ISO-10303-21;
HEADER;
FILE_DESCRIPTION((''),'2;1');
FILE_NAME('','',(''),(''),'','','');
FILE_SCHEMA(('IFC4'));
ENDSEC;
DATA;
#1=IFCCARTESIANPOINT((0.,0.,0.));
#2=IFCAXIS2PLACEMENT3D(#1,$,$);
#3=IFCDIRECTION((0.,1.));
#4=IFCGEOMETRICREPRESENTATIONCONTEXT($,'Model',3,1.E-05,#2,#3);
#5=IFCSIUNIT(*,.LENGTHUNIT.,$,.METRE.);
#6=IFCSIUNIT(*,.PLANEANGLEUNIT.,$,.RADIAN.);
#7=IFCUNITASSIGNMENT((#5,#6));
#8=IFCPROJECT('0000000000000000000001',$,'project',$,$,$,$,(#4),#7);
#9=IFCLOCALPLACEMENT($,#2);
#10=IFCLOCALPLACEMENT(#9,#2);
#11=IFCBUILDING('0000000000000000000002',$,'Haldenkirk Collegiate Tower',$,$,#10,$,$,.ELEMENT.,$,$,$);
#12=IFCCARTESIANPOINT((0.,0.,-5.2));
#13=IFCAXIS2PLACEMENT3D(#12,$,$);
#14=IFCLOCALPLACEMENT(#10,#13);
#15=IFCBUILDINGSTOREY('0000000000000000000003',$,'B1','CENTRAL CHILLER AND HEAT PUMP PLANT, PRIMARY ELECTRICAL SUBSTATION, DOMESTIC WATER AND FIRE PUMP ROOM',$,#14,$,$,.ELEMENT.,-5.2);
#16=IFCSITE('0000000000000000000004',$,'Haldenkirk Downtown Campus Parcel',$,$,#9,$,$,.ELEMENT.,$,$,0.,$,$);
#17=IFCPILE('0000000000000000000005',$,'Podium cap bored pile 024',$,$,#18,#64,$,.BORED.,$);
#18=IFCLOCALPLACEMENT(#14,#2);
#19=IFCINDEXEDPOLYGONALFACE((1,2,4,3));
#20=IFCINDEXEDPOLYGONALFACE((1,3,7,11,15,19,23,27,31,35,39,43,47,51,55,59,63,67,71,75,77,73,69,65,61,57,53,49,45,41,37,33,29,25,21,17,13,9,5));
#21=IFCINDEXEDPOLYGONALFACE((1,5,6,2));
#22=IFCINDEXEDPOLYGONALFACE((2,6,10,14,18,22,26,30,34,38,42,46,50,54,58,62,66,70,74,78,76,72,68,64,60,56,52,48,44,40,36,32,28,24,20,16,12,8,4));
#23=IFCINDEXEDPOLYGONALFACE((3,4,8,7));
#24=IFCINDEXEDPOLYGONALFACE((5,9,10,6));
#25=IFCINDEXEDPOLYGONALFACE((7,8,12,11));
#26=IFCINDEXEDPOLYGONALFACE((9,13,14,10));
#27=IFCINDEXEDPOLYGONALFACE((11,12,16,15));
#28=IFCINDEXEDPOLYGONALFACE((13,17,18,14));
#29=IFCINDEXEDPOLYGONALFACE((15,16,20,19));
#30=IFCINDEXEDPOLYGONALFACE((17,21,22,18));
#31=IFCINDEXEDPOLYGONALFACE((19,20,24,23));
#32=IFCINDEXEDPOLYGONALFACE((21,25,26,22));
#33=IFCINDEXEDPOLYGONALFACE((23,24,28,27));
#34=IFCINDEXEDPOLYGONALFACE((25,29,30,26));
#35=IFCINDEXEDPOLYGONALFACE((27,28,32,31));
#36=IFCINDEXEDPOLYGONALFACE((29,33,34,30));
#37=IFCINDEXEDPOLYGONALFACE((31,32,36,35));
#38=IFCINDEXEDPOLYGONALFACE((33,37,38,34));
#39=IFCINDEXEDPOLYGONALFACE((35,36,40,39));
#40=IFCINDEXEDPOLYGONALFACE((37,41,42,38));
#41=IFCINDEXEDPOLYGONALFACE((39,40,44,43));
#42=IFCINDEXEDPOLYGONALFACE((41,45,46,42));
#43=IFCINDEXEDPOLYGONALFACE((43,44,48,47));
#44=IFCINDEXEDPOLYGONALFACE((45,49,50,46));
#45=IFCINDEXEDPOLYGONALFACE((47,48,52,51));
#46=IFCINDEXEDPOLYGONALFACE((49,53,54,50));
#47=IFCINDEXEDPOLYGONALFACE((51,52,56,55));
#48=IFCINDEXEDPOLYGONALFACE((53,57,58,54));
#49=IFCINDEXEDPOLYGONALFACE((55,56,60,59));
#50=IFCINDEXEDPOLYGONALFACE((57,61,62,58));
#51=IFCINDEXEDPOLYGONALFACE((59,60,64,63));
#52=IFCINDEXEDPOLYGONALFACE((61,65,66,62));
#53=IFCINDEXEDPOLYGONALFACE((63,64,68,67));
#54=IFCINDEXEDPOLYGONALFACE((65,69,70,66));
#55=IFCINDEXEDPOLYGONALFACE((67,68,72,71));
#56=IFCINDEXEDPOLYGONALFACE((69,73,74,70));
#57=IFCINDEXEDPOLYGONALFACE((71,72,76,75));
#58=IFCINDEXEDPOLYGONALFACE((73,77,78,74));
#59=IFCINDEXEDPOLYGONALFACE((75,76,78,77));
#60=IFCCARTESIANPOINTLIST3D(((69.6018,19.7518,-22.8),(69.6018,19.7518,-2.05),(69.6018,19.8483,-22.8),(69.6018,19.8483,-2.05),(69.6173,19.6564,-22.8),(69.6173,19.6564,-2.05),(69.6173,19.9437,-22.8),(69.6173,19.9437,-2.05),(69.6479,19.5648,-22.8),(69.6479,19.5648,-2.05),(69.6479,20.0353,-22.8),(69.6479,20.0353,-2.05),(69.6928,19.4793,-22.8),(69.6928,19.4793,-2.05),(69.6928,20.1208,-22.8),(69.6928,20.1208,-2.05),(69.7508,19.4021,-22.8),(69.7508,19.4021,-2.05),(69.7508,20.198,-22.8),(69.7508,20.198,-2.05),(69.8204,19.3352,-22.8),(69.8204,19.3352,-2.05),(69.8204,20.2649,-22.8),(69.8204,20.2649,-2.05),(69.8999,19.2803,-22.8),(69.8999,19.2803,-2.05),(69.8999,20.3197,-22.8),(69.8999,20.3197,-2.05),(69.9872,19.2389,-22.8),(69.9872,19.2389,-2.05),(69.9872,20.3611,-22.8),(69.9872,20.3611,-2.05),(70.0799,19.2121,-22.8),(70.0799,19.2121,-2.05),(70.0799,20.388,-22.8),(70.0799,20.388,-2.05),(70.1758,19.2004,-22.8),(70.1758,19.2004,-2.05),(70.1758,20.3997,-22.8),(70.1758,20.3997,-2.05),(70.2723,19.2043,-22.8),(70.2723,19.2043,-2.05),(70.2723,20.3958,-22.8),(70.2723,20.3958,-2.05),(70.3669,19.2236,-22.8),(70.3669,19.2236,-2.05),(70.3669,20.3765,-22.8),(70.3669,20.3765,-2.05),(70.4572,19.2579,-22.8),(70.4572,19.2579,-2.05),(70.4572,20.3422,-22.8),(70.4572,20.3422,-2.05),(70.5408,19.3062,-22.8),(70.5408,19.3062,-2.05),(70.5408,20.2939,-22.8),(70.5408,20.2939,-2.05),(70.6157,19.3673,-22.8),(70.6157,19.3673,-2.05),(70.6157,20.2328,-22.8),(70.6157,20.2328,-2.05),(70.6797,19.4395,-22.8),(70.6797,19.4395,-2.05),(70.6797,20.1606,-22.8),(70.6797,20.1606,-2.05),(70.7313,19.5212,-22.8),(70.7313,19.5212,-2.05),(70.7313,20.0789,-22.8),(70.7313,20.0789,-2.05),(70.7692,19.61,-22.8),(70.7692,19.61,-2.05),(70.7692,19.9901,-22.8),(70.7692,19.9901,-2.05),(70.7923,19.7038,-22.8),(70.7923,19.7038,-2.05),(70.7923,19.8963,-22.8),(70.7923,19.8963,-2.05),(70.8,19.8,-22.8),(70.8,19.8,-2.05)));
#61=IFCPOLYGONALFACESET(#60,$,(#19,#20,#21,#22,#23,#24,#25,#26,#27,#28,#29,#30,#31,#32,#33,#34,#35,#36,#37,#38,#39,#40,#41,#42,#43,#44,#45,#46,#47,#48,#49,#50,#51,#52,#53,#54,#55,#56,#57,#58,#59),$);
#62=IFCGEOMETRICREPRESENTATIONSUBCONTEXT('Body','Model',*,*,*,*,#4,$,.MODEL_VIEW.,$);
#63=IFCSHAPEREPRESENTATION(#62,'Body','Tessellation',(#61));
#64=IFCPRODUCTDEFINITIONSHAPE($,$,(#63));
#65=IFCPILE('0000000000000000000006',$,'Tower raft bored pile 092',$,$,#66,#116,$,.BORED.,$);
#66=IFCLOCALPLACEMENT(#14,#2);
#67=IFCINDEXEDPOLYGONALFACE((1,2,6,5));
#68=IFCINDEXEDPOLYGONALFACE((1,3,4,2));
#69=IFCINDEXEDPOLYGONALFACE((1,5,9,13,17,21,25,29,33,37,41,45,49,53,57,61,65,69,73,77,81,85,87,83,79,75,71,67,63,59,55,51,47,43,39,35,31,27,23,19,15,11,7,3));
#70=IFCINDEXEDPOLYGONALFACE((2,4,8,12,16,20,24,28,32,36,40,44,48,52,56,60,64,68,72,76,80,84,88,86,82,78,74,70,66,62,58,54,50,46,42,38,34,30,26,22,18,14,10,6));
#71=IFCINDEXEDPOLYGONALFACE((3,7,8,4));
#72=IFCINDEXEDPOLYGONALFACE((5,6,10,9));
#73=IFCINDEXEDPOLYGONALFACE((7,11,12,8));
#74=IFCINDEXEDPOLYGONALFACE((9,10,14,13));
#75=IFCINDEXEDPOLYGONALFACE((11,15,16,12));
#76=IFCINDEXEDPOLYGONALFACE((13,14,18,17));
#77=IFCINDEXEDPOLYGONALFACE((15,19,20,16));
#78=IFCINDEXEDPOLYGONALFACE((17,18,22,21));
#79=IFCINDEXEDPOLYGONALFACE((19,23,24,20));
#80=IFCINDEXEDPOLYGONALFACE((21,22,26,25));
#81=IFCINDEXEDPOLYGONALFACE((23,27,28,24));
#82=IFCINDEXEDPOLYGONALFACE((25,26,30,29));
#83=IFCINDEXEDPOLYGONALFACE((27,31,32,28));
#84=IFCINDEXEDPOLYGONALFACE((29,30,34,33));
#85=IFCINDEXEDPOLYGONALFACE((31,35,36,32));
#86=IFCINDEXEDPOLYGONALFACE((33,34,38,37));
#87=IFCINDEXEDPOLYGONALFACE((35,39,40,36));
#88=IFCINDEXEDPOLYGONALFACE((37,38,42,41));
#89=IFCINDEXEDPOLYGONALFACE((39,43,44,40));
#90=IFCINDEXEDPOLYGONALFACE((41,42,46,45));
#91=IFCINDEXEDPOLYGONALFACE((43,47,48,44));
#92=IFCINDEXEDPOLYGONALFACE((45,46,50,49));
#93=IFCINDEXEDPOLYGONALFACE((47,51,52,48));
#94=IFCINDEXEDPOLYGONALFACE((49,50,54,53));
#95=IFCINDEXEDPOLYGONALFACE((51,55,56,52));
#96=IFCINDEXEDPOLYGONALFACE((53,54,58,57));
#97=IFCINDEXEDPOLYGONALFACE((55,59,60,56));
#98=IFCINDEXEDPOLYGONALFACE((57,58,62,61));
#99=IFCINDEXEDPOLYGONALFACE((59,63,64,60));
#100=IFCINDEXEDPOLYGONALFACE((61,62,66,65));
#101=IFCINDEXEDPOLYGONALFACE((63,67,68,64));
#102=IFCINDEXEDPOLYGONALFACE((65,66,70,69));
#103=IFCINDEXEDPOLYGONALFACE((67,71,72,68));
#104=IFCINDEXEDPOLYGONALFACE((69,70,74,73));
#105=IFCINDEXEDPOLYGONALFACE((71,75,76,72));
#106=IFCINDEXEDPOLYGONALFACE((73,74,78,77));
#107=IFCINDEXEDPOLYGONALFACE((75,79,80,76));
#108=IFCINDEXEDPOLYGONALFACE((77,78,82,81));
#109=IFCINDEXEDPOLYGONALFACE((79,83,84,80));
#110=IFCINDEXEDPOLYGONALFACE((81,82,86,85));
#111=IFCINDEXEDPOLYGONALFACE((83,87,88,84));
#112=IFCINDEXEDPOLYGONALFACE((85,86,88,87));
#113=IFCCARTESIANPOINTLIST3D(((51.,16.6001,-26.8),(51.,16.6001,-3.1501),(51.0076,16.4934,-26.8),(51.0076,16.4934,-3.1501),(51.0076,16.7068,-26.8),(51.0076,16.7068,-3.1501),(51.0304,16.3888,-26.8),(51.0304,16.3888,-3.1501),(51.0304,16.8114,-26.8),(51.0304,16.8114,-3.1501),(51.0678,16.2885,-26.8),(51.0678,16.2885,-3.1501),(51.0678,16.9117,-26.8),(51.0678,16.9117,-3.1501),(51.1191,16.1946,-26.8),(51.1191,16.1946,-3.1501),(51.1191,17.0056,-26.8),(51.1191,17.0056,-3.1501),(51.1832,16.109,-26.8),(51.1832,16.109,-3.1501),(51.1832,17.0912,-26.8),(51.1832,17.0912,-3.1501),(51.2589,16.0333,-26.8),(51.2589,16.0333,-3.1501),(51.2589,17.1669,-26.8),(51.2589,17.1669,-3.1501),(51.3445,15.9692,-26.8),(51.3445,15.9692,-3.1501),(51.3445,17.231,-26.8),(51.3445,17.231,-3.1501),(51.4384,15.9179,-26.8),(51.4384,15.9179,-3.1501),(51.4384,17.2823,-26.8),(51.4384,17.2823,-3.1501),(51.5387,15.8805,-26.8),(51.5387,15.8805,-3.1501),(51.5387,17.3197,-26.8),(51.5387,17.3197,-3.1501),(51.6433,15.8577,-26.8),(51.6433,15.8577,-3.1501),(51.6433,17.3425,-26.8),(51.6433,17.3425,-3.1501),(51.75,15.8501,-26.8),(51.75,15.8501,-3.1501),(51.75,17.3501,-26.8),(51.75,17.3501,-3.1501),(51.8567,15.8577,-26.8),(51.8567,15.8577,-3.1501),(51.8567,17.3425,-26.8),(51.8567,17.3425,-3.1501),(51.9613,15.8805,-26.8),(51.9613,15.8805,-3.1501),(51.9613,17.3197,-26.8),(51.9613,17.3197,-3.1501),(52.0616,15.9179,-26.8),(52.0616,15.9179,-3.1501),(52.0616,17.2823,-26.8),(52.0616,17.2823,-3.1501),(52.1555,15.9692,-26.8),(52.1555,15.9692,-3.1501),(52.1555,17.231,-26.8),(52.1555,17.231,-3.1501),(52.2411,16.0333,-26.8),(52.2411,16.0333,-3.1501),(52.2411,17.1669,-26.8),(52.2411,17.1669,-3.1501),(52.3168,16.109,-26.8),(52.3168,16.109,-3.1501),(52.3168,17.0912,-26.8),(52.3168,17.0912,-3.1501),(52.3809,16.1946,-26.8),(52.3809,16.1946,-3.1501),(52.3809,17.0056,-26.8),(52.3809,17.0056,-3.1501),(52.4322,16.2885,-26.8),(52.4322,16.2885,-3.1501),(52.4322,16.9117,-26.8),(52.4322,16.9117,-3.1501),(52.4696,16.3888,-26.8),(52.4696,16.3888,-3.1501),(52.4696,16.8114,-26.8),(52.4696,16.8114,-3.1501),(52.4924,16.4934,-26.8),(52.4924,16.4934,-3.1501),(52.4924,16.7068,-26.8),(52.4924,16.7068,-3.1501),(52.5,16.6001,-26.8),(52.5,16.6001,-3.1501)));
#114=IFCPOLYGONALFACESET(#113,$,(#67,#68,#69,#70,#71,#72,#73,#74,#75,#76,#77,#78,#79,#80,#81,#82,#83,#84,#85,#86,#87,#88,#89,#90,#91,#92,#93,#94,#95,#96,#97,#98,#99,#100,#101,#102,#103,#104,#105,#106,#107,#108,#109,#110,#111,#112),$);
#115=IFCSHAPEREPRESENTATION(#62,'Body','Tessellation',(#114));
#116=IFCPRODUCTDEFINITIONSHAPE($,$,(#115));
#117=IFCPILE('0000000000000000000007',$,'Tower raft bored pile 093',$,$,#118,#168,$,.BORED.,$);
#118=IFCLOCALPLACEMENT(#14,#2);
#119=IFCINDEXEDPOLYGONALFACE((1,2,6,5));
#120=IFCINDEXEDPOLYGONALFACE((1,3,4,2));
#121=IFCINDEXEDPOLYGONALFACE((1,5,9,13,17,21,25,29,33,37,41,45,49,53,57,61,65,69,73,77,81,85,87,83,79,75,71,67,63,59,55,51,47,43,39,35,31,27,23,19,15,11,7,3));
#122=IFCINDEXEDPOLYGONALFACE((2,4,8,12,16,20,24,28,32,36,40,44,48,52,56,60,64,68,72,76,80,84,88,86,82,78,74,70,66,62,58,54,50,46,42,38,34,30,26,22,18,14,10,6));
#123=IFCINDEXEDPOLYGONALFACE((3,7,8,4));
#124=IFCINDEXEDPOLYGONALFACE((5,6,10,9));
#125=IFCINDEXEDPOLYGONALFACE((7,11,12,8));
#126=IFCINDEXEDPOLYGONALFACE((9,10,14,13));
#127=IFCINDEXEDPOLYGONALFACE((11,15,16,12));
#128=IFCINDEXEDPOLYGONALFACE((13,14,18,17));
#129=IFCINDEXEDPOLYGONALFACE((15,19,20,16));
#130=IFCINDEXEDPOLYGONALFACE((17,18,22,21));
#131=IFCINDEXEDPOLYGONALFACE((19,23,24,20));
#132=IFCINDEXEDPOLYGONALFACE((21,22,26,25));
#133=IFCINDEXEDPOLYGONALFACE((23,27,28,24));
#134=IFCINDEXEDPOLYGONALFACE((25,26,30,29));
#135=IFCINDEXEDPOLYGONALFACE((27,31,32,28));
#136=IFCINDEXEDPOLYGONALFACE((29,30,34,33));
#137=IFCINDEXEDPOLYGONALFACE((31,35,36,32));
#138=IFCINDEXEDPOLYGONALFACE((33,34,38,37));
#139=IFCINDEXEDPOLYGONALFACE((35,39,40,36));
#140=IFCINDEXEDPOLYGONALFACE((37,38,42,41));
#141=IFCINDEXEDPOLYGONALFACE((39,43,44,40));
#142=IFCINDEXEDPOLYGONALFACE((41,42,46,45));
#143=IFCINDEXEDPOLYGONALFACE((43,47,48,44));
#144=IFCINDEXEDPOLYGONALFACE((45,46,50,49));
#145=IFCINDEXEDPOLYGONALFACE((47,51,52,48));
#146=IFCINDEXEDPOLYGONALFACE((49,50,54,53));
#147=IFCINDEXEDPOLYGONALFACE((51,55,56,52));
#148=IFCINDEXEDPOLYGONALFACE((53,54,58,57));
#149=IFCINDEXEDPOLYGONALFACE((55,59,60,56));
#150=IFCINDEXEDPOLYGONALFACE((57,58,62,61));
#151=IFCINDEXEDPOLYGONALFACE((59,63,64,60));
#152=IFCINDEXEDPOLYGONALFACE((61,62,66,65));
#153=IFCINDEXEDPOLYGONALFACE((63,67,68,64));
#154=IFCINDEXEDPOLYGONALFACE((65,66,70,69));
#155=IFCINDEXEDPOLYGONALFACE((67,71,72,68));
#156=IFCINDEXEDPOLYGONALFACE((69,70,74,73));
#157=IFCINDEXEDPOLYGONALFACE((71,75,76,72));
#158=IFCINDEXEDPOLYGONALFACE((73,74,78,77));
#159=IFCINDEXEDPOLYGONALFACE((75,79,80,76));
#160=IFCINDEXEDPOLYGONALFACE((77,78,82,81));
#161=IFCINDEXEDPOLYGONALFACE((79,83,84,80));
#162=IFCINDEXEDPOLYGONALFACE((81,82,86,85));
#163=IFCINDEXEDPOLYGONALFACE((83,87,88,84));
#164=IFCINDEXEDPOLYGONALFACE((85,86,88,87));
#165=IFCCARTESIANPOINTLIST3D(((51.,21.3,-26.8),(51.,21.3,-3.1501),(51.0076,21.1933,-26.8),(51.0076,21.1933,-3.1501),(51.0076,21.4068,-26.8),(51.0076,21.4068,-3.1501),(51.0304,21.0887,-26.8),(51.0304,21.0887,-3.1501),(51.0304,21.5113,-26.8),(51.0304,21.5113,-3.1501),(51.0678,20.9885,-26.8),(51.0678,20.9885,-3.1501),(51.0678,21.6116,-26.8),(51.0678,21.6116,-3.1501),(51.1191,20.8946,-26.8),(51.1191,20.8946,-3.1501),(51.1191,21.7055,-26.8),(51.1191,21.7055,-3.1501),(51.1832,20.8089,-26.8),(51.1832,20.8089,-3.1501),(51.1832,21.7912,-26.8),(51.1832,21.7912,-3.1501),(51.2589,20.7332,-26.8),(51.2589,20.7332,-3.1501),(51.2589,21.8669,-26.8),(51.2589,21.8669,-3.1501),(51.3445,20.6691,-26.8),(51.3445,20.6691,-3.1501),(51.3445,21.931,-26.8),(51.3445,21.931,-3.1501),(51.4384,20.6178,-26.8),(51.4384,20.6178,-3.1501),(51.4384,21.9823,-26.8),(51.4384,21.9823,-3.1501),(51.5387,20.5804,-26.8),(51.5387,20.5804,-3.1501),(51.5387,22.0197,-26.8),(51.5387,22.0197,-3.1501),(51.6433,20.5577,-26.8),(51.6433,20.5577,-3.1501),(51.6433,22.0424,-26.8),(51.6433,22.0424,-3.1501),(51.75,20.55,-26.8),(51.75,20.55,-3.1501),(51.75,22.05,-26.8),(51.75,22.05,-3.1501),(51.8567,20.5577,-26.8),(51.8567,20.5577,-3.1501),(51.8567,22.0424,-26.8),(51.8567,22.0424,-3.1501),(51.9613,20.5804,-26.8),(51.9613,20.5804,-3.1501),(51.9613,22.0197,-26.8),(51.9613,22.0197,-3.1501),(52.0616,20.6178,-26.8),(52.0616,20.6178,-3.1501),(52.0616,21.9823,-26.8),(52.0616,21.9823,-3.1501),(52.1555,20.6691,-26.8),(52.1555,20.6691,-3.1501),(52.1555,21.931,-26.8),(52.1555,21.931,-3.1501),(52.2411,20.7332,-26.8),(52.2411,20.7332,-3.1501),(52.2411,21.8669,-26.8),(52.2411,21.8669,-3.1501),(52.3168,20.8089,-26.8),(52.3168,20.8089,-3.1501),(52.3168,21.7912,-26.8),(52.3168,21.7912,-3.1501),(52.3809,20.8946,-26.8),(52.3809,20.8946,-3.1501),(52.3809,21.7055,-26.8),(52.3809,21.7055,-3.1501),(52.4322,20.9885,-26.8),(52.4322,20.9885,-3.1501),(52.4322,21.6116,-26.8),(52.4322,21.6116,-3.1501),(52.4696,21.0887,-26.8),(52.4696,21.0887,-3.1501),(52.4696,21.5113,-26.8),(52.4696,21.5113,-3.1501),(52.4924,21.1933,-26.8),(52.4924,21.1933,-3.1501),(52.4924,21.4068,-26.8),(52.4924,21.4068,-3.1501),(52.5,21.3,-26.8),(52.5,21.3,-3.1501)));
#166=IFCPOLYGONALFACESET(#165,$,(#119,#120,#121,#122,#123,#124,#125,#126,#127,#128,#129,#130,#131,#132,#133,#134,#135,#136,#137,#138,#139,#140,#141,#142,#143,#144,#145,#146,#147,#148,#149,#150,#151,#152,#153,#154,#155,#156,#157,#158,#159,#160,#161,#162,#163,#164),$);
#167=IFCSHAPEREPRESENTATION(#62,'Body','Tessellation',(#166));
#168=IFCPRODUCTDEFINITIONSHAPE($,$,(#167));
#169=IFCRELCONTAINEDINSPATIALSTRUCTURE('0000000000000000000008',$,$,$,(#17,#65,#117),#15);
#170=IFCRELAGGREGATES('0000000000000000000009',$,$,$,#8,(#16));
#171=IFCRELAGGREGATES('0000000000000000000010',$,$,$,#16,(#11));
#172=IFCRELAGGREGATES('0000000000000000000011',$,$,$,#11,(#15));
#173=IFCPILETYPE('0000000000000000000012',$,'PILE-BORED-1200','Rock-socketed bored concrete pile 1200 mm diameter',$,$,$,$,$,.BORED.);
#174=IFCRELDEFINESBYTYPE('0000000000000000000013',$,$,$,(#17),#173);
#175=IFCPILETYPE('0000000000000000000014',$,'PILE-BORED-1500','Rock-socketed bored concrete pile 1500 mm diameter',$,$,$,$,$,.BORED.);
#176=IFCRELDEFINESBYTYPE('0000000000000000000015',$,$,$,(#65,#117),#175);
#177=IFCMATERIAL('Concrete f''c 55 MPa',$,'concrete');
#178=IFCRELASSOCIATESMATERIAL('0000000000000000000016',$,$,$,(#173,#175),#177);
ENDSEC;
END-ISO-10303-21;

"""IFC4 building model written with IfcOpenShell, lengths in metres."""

from ifc_helpers import new_model, si_unit, direction, frame, origin, origin_2d, place, context, subcontext, project, spatial, circle, extrude, material, material_profile, profile_set, type_object, element, save


model = new_model("IFC4")

# Units and contexts
model_context = context("Model", 3, precision=1e-05, world=origin(), true_north=direction((0.0, 1.0)))
body_context = subcontext(model_context, "Body", "Model", "MODEL_VIEW")
ifc_project = project(units=[si_unit("LENGTHUNIT", "METRE"), si_unit("PLANEANGLEUNIT", "RADIAN")], contexts=[model_context])

# Site, building, storey
site_placement = place(None, origin())
site = spatial("IfcSite", under=ifc_project, at=site_placement, Name="Haldenkirk Downtown Campus Parcel", CompositionType="ELEMENT", RefElevation=0.0)
building_placement = place(site_placement, origin())
building = spatial("IfcBuilding", under=site, at=building_placement, Name="Haldenkirk Collegiate Tower", CompositionType="ELEMENT")
storey_placement = place(building_placement, frame((0.0, 0.0, -5.2)))
storey = spatial("IfcBuildingStorey", under=building, at=storey_placement, Name="B1", Description="CENTRAL CHILLER AND HEAT PUMP PLANT, PRIMARY ELECTRICAL SUBSTATION, DOMESTIC WATER AND FIRE PUMP ROOM", CompositionType="ELEMENT", Elevation=-5.2)

# Shared definitions
ifc_material_1 = material(Name="Concrete f'c 55 MPa", Category="concrete")

# Piles
ifc_material_profile_1 = material_profile(ifc_material_1, circle(Radius=0.6001, at=origin_2d()), Name="PILE1200")
ifc_profile_set_1 = profile_set([ifc_material_profile_1], Name="Concrete f'c 55 MPa")
pile_type_1 = type_object("IfcPileType", Name="PILE-BORED-1200", Description="Rock-socketed bored concrete pile 1200 mm diameter", PredefinedType="BORED", material=ifc_profile_set_1)
for number, where, z_axis, x_axis, name in (
    (1, (70.2, 19.8, -2.05), (0.0, 0.0, -1.0), (1.0, 0.0, 0.0), "Podium cap bored pile 024"),
):
    element("IfcPile", number, at=place(storey_placement, frame(where, z_axis=z_axis, x_axis=x_axis)), inside=storey, type_object=pile_type_1, Name=name, PredefinedType="BORED", context=body_context, shape_type="SweptSolid", body=[
        extrude(circle(Radius=0.6001, at=origin_2d()), origin(), (0.0, 0.0, 1.0), 20.75),
    ])
ifc_material_profile_2 = material_profile(ifc_material_1, circle(Radius=0.75, at=origin_2d()), Name="PILE1500")
ifc_profile_set_2 = profile_set([ifc_material_profile_2], Name="Concrete f'c 55 MPa")
pile_type_2 = type_object("IfcPileType", Name="PILE-BORED-1500", Description="Rock-socketed bored concrete pile 1500 mm diameter", PredefinedType="BORED", material=ifc_profile_set_2)
for number, where, z_axis, x_axis, name in (
    (2, (51.75, 16.6001, -3.1501), (0.0, 0.0, -1.0), (1.0, 0.0, 0.0), "Tower raft bored pile 092"),
    (3, (51.75, 21.3, -3.1501), (0.0, 0.0, -1.0), (1.0, 0.0, 0.0), "Tower raft bored pile 093"),
):
    element("IfcPile", number, at=place(storey_placement, frame(where, z_axis=z_axis, x_axis=x_axis)), inside=storey, type_object=pile_type_2, Name=name, PredefinedType="BORED", context=body_context, shape_type="SweptSolid", body=[
        extrude(circle(Radius=0.75, at=origin_2d()), origin(), (0.0, 0.0, 1.0), 23.6499),
    ])

save(model, "model.ifc")
